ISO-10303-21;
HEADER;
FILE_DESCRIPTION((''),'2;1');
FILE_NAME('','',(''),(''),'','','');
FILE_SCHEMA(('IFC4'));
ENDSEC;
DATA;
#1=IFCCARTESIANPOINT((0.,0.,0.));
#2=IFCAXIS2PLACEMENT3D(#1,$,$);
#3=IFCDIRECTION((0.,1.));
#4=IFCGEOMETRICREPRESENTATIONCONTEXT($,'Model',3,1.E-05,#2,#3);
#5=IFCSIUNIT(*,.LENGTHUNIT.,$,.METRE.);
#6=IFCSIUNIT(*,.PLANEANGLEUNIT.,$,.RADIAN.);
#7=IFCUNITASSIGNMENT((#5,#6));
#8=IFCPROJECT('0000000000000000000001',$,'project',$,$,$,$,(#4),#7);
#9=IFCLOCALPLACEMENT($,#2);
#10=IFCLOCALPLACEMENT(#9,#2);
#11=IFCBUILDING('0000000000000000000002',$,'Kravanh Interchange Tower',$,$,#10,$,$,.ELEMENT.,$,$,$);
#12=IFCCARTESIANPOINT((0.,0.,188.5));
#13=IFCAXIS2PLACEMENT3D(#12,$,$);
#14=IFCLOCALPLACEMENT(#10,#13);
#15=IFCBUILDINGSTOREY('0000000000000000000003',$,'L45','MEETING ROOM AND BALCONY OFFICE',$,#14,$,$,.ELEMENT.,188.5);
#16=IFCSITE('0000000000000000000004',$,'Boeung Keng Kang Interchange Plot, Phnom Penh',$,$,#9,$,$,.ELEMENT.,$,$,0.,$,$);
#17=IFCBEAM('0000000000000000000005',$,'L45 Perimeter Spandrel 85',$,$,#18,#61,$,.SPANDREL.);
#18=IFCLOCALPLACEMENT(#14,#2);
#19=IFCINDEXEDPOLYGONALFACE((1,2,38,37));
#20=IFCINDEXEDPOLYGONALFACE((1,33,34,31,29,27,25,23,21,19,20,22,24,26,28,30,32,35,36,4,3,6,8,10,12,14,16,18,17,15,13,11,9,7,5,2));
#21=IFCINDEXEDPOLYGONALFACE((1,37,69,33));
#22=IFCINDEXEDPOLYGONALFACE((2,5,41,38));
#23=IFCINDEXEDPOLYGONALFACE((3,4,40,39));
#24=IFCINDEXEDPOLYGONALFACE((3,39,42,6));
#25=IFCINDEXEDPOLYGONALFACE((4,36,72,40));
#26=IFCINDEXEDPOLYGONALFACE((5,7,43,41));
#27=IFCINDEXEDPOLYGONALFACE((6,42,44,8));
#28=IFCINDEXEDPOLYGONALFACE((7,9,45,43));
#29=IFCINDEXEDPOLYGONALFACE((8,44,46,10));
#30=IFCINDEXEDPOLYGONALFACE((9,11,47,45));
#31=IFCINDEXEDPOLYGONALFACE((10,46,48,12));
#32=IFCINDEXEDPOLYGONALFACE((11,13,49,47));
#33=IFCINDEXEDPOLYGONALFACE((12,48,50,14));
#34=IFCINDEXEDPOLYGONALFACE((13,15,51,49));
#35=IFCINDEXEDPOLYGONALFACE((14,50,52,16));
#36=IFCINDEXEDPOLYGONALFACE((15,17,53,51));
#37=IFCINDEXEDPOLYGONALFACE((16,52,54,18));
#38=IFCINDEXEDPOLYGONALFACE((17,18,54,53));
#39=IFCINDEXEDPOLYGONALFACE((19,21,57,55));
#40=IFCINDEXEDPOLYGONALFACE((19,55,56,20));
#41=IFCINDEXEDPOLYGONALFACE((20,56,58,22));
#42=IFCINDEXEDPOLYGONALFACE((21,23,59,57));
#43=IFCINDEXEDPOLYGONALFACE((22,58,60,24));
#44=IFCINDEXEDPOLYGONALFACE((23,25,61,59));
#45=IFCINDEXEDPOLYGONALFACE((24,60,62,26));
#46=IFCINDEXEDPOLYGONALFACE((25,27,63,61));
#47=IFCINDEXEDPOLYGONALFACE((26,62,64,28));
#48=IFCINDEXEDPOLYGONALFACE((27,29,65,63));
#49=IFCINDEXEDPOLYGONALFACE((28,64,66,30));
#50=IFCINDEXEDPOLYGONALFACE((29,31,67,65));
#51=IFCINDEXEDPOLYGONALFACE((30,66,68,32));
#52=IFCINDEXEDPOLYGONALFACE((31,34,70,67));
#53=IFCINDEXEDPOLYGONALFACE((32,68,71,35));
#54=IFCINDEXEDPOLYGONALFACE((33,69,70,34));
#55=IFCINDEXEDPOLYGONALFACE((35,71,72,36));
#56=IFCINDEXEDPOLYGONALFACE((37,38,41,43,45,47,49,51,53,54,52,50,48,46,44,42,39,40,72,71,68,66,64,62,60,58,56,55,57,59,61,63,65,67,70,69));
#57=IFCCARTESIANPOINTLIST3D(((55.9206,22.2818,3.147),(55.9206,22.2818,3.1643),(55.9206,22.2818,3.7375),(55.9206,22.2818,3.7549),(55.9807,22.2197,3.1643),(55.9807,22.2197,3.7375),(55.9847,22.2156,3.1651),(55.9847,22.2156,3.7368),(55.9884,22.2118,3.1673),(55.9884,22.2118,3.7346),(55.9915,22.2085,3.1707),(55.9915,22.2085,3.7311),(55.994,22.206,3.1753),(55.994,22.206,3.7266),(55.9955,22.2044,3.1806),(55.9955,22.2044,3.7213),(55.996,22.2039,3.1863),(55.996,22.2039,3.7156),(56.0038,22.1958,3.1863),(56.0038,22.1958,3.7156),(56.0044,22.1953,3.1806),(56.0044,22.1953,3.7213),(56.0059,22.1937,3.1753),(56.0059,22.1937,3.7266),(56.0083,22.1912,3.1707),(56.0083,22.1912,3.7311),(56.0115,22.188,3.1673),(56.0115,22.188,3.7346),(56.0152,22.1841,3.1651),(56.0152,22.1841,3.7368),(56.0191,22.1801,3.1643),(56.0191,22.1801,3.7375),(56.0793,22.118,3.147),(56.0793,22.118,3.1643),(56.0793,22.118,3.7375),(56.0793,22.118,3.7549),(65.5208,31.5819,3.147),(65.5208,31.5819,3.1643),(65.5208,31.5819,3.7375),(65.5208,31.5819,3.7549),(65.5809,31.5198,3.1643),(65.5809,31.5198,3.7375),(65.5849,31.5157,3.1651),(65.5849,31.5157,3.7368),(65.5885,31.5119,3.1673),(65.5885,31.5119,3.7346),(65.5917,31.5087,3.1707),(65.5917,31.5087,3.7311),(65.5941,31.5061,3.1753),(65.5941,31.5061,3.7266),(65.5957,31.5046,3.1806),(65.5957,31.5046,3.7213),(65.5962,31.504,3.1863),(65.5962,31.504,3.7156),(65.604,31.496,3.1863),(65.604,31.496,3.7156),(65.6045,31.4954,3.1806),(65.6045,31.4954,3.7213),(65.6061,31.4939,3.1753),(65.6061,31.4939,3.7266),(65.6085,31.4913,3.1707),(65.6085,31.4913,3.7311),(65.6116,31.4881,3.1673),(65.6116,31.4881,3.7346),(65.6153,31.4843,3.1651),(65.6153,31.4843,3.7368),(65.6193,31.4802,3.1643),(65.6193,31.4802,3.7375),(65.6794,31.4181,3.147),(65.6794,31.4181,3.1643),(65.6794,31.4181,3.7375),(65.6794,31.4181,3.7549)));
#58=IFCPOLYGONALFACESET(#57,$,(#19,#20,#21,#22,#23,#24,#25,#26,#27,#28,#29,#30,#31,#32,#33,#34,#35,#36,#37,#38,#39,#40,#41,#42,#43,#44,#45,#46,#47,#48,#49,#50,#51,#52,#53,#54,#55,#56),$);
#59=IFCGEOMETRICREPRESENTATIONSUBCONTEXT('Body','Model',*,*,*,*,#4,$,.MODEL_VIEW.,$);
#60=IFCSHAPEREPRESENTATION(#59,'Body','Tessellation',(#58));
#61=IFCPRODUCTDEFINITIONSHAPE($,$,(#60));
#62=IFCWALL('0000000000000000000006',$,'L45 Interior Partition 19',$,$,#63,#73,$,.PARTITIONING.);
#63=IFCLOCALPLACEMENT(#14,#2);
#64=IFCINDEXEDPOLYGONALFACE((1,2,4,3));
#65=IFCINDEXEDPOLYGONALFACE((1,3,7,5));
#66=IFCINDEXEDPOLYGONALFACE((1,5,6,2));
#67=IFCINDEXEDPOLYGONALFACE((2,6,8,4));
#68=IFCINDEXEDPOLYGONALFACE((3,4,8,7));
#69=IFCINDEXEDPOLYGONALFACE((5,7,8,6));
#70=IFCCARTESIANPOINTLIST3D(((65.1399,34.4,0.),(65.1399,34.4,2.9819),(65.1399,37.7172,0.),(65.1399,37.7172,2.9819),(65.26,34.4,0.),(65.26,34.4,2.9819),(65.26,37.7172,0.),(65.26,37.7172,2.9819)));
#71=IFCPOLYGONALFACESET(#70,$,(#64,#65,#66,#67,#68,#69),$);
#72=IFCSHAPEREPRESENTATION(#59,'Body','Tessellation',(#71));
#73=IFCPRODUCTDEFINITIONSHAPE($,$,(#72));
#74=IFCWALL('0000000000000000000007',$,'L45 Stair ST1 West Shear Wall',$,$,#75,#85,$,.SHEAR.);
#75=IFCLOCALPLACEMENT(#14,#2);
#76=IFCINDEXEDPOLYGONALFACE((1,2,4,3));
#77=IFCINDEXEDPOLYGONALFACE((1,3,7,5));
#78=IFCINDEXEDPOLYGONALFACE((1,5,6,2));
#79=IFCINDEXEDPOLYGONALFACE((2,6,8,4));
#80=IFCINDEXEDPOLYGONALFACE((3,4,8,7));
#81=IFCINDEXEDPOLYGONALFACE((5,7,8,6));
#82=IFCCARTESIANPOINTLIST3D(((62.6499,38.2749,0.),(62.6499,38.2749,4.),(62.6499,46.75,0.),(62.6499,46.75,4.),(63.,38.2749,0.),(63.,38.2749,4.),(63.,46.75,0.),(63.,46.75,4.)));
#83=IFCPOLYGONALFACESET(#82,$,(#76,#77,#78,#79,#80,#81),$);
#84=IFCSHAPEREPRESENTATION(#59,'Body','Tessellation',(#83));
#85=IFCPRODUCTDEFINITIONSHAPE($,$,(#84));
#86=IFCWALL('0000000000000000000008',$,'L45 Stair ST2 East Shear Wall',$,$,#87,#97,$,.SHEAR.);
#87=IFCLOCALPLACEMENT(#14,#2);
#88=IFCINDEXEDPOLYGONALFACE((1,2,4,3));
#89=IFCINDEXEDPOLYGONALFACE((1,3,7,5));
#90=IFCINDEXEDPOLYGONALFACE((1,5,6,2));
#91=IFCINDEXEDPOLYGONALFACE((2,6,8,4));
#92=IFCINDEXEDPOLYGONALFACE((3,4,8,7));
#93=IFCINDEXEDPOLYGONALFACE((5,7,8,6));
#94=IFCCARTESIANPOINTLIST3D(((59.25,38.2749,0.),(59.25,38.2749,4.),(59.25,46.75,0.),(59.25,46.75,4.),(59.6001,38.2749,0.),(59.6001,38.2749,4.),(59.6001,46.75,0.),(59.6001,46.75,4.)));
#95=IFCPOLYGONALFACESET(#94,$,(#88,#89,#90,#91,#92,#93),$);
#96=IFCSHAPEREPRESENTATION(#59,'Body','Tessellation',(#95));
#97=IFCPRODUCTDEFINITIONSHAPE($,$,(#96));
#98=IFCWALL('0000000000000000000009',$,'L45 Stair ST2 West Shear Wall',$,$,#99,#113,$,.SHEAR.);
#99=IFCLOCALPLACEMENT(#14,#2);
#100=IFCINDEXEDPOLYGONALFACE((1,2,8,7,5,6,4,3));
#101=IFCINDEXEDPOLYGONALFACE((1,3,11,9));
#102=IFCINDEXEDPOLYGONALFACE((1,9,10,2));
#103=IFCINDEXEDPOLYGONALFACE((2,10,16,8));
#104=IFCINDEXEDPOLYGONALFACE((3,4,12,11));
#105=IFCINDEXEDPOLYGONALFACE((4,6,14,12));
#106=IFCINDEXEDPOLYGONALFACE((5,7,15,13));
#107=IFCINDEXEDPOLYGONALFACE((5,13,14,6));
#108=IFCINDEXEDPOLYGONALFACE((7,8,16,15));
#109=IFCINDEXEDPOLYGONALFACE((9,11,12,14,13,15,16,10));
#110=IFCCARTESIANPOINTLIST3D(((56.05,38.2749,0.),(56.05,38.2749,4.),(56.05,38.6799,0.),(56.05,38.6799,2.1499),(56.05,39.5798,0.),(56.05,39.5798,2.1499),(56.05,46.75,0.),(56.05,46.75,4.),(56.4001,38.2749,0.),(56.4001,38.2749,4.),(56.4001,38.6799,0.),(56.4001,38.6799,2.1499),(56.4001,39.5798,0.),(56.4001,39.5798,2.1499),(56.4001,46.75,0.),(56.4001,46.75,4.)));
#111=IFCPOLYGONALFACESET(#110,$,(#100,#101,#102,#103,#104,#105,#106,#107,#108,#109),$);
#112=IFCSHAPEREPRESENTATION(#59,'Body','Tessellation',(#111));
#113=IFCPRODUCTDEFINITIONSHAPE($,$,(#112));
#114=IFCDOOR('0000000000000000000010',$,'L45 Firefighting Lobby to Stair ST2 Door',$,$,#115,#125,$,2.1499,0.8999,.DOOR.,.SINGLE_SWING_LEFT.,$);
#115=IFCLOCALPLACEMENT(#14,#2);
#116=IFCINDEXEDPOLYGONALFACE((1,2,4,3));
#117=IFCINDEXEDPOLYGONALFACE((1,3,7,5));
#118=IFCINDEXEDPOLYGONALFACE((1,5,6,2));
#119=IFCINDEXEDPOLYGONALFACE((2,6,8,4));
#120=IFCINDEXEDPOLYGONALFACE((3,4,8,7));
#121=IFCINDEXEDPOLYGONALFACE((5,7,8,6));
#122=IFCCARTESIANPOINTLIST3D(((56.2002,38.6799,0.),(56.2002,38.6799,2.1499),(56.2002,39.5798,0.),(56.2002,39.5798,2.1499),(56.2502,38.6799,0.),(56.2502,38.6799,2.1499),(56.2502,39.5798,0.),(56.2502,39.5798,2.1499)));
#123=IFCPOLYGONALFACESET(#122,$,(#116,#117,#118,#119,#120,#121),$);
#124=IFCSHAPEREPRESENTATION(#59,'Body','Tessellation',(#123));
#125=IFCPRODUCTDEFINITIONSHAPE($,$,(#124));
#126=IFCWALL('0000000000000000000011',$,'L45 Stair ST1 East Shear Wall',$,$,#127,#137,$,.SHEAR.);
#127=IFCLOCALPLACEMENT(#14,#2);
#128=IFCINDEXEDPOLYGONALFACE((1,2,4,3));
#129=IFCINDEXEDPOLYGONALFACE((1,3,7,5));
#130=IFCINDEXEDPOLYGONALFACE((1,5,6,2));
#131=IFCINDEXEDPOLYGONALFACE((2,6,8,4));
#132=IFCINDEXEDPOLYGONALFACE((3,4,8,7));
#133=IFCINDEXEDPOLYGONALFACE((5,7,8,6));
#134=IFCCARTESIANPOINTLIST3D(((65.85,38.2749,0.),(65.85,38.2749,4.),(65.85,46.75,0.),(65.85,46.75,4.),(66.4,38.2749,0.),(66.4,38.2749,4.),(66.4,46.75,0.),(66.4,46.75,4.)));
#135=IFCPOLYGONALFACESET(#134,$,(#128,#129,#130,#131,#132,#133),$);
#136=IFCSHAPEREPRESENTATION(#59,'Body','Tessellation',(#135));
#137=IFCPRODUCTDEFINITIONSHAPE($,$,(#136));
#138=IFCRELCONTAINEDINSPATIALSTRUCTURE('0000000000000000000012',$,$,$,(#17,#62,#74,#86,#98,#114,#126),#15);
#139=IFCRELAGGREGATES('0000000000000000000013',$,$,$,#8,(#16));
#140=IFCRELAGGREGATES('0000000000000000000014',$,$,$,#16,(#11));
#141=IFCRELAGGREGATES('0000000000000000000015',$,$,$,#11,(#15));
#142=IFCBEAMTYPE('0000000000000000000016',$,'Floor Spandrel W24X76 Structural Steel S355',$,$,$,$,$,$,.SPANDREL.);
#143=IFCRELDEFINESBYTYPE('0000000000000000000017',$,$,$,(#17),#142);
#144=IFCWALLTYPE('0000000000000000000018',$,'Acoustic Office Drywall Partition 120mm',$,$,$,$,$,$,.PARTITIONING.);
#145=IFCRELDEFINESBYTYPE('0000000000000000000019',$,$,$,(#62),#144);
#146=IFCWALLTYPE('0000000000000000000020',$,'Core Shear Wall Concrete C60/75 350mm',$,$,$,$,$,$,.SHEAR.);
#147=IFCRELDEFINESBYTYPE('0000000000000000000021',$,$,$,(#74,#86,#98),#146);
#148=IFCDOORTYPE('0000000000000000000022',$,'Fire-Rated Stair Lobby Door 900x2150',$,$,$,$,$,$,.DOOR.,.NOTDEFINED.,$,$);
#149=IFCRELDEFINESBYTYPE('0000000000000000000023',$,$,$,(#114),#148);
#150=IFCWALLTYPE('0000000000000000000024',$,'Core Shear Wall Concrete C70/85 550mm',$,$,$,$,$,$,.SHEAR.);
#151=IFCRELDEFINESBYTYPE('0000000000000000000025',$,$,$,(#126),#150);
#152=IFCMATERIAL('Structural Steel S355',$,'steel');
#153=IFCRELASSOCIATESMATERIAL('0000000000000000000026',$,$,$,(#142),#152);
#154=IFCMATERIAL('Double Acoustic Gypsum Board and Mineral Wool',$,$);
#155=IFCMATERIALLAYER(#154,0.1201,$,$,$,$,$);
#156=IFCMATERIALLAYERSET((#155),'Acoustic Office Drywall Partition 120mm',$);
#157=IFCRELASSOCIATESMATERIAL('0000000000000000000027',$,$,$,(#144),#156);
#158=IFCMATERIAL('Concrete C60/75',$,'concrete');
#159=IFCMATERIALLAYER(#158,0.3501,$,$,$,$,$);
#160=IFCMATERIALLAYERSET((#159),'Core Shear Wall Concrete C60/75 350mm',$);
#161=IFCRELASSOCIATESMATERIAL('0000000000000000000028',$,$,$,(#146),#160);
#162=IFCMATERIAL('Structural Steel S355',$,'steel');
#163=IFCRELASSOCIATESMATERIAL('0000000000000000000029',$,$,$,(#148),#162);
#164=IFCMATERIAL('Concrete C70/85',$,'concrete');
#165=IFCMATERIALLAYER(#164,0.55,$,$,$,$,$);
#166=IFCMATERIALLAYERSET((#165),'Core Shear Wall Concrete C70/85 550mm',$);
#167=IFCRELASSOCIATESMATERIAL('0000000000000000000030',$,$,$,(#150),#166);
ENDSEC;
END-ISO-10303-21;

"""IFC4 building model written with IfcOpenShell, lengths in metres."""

from ifc_helpers import new_model, si_unit, direction, frame, frame_2d, origin, origin_2d, place, context, subcontext, project, spatial, rectangle, i_section, extrude, material, layer, layer_set, material_profile, profile_set, type_object, element, fill, save


model = new_model("IFC4")

# Units and contexts
model_context = context("Model", 3, precision=1e-05, world=origin(), true_north=direction((0.0, 1.0)))
body_context = subcontext(model_context, "Body", "Model", "MODEL_VIEW")
ifc_project = project(units=[si_unit("LENGTHUNIT", "METRE"), si_unit("PLANEANGLEUNIT", "RADIAN")], contexts=[model_context])

# Site, building, storey
site_placement = place(None, origin())
site = spatial("IfcSite", under=ifc_project, at=site_placement, Name="Boeung Keng Kang Interchange Plot, Phnom Penh", CompositionType="ELEMENT", RefElevation=0.0)
building_placement = place(site_placement, origin())
building = spatial("IfcBuilding", under=site, at=building_placement, Name="Kravanh Interchange Tower", CompositionType="ELEMENT")
storey_placement = place(building_placement, frame((0.0, 0.0, 188.5)))
storey = spatial("IfcBuildingStorey", under=building, at=storey_placement, Name="L45", Description="MEETING ROOM AND BALCONY OFFICE", CompositionType="ELEMENT", Elevation=188.5)

# Beam
ifc_material_1 = material(Name="Structural Steel S355", Category="steel")
ifc_material_profile_1 = material_profile(ifc_material_1, i_section(OverallWidth=0.228, OverallDepth=0.6079, WebThickness=0.0112, FlangeThickness=0.0173, FilletRadius=0.022, at=origin_2d()), Name="W24X76")
ifc_profile_set_1 = profile_set([ifc_material_profile_1], Name="Structural Steel S355")
beam_type_1 = type_object("IfcBeamType", Name="Floor Spandrel W24X76 Structural Steel S355", PredefinedType="SPANDREL", material=ifc_profile_set_1)
beam_1_placement = place(storey_placement, frame((65.6001, 31.5, 3.4509), z_axis=(-0.718242, -0.695793, 0.0), x_axis=(0.695793, -0.718242, 0.0)))
element("IfcBeam", 1, at=beam_1_placement, inside=storey, type_object=beam_type_1, Name="L45 Perimeter Spandrel 85", PredefinedType="SPANDREL", context=body_context, shape_type="SweptSolid", body=[
    extrude(i_section(OverallWidth=0.228, OverallDepth=0.6079, WebThickness=0.0112, FlangeThickness=0.0173, FilletRadius=0.022, at=origin_2d()), origin(), (0.0, 0.0, 1.0), 13.3662),
])

# Walls
ifc_material_2 = material(Name="Double Acoustic Gypsum Board and Mineral Wool")
ifc_layer_1 = layer(ifc_material_2, 0.1201)
ifc_layer_set_1 = layer_set([ifc_layer_1], Name="Acoustic Office Drywall Partition 120mm")
wall_type_1 = type_object("IfcWallType", Name="Acoustic Office Drywall Partition 120mm", PredefinedType="PARTITIONING", material=ifc_layer_set_1)
wall_1_placement = place(storey_placement, frame((65.2, 34.3999, 0.0), z_axis=(0.0, 0.0, 1.0), x_axis=(0.0, 1.0, 0.0)))
element("IfcWall", 2, at=wall_1_placement, inside=storey, type_object=wall_type_1, Name="L45 Interior Partition 19", PredefinedType="PARTITIONING", context=body_context, shape_type="SweptSolid", body=[
    extrude(rectangle(XDim=3.3171, YDim=0.1201, at=frame_2d((1.6587, 0.0))), origin(), (0.0, 0.0, 1.0), 2.9819),
])
ifc_material_3 = material(Name="Concrete C60/75", Category="concrete")
ifc_layer_2 = layer(ifc_material_3, 0.3501)
ifc_layer_set_2 = layer_set([ifc_layer_2], Name="Core Shear Wall Concrete C60/75 350mm")
wall_type_2 = type_object("IfcWallType", Name="Core Shear Wall Concrete C60/75 350mm", PredefinedType="SHEAR", material=ifc_layer_set_2)
for number, where, z_axis, x_axis, name in (
    (3, (62.825, 38.2749, 0.0), (0.0, 0.0, 1.0), (0.0, 1.0, 0.0), "L45 Stair ST1 West Shear Wall"),
    (4, (59.425, 38.2749, 0.0), (0.0, 0.0, 1.0), (0.0, 1.0, 0.0), "L45 Stair ST2 East Shear Wall"),
):
    element("IfcWall", number, at=place(storey_placement, frame(where, z_axis=z_axis, x_axis=x_axis)), inside=storey, type_object=wall_type_2, Name=name, PredefinedType="SHEAR", context=body_context, shape_type="SweptSolid", body=[
        extrude(rectangle(XDim=8.4751, YDim=0.3501, at=frame_2d((4.2375, 0.0))), origin(), (0.0, 0.0, 1.0), 4.0),
    ])

# Wall, opening, door
wall_2_placement = place(storey_placement, frame((56.2251, 38.2749, 0.0), z_axis=(0.0, 0.0, 1.0), x_axis=(0.0, 1.0, 0.0)))
wall_2 = element("IfcWall", 5, at=wall_2_placement, inside=storey, type_object=wall_type_2, Name="L45 Stair ST2 West Shear Wall", PredefinedType="SHEAR", context=body_context, shape_type="SweptSolid", body=[
    extrude(rectangle(XDim=8.4751, YDim=0.3501, at=frame_2d((4.2375, 0.0))), origin(), (0.0, 0.0, 1.0), 4.0),
])
opening_1_placement = place(wall_2_placement, frame((0.405, 0.0, 0.0)))
opening_1 = element("IfcOpeningElement", 6, at=opening_1_placement, cuts=wall_2, PredefinedType="OPENING", context=body_context, shape_type="SweptSolid", body=[
    extrude(rectangle(XDim=0.8999, YDim=2.1499, at=frame_2d((0.45, 1.075))), frame((0.0, 0.1851, 0.0), z_axis=(0.0, -1.0, 0.0), x_axis=(1.0, 0.0, 0.0)), (0.0, 0.0, 1.0), 0.3701),
])
ifc_material_4 = material(Name="Structural Steel S355", Category="steel")
door_type_1 = type_object("IfcDoorType", Name="Fire-Rated Stair Lobby Door 900x2150", OperationType="NOTDEFINED", PredefinedType="DOOR", material=ifc_material_4)
door_1_placement = place(opening_1_placement, origin())
door_1 = element("IfcDoor", 7, at=door_1_placement, inside=storey, type_object=door_type_1, Name="L45 Firefighting Lobby to Stair ST2 Door", OperationType="SINGLE_SWING_LEFT", OverallHeight=2.1499, OverallWidth=0.8999, PredefinedType="DOOR", context=body_context, shape_type="SweptSolid", body=[
    extrude(rectangle(XDim=0.8999, YDim=2.1499, at=frame_2d((0.45, 1.075))), frame((0.0, 0.0249, 0.0), z_axis=(0.0, -1.0, 0.0), x_axis=(1.0, 0.0, 0.0)), (0.0, 0.0, 1.0), 0.05),
])
fill(opening_1, door_1)

# Wall
ifc_material_5 = material(Name="Concrete C70/85", Category="concrete")
ifc_layer_3 = layer(ifc_material_5, 0.55)
ifc_layer_set_3 = layer_set([ifc_layer_3], Name="Core Shear Wall Concrete C70/85 550mm")
wall_type_3 = type_object("IfcWallType", Name="Core Shear Wall Concrete C70/85 550mm", PredefinedType="SHEAR", material=ifc_layer_set_3)
wall_3_placement = place(storey_placement, frame((66.125, 38.2749, 0.0), z_axis=(0.0, 0.0, 1.0), x_axis=(0.0, 1.0, 0.0)))
element("IfcWall", 8, at=wall_3_placement, inside=storey, type_object=wall_type_3, Name="L45 Stair ST1 East Shear Wall", PredefinedType="SHEAR", context=body_context, shape_type="SweptSolid", body=[
    extrude(rectangle(XDim=8.4751, YDim=0.55, at=frame_2d((4.2375, 0.0))), origin(), (0.0, 0.0, 1.0), 4.0),
])

save(model, "model.ifc")
